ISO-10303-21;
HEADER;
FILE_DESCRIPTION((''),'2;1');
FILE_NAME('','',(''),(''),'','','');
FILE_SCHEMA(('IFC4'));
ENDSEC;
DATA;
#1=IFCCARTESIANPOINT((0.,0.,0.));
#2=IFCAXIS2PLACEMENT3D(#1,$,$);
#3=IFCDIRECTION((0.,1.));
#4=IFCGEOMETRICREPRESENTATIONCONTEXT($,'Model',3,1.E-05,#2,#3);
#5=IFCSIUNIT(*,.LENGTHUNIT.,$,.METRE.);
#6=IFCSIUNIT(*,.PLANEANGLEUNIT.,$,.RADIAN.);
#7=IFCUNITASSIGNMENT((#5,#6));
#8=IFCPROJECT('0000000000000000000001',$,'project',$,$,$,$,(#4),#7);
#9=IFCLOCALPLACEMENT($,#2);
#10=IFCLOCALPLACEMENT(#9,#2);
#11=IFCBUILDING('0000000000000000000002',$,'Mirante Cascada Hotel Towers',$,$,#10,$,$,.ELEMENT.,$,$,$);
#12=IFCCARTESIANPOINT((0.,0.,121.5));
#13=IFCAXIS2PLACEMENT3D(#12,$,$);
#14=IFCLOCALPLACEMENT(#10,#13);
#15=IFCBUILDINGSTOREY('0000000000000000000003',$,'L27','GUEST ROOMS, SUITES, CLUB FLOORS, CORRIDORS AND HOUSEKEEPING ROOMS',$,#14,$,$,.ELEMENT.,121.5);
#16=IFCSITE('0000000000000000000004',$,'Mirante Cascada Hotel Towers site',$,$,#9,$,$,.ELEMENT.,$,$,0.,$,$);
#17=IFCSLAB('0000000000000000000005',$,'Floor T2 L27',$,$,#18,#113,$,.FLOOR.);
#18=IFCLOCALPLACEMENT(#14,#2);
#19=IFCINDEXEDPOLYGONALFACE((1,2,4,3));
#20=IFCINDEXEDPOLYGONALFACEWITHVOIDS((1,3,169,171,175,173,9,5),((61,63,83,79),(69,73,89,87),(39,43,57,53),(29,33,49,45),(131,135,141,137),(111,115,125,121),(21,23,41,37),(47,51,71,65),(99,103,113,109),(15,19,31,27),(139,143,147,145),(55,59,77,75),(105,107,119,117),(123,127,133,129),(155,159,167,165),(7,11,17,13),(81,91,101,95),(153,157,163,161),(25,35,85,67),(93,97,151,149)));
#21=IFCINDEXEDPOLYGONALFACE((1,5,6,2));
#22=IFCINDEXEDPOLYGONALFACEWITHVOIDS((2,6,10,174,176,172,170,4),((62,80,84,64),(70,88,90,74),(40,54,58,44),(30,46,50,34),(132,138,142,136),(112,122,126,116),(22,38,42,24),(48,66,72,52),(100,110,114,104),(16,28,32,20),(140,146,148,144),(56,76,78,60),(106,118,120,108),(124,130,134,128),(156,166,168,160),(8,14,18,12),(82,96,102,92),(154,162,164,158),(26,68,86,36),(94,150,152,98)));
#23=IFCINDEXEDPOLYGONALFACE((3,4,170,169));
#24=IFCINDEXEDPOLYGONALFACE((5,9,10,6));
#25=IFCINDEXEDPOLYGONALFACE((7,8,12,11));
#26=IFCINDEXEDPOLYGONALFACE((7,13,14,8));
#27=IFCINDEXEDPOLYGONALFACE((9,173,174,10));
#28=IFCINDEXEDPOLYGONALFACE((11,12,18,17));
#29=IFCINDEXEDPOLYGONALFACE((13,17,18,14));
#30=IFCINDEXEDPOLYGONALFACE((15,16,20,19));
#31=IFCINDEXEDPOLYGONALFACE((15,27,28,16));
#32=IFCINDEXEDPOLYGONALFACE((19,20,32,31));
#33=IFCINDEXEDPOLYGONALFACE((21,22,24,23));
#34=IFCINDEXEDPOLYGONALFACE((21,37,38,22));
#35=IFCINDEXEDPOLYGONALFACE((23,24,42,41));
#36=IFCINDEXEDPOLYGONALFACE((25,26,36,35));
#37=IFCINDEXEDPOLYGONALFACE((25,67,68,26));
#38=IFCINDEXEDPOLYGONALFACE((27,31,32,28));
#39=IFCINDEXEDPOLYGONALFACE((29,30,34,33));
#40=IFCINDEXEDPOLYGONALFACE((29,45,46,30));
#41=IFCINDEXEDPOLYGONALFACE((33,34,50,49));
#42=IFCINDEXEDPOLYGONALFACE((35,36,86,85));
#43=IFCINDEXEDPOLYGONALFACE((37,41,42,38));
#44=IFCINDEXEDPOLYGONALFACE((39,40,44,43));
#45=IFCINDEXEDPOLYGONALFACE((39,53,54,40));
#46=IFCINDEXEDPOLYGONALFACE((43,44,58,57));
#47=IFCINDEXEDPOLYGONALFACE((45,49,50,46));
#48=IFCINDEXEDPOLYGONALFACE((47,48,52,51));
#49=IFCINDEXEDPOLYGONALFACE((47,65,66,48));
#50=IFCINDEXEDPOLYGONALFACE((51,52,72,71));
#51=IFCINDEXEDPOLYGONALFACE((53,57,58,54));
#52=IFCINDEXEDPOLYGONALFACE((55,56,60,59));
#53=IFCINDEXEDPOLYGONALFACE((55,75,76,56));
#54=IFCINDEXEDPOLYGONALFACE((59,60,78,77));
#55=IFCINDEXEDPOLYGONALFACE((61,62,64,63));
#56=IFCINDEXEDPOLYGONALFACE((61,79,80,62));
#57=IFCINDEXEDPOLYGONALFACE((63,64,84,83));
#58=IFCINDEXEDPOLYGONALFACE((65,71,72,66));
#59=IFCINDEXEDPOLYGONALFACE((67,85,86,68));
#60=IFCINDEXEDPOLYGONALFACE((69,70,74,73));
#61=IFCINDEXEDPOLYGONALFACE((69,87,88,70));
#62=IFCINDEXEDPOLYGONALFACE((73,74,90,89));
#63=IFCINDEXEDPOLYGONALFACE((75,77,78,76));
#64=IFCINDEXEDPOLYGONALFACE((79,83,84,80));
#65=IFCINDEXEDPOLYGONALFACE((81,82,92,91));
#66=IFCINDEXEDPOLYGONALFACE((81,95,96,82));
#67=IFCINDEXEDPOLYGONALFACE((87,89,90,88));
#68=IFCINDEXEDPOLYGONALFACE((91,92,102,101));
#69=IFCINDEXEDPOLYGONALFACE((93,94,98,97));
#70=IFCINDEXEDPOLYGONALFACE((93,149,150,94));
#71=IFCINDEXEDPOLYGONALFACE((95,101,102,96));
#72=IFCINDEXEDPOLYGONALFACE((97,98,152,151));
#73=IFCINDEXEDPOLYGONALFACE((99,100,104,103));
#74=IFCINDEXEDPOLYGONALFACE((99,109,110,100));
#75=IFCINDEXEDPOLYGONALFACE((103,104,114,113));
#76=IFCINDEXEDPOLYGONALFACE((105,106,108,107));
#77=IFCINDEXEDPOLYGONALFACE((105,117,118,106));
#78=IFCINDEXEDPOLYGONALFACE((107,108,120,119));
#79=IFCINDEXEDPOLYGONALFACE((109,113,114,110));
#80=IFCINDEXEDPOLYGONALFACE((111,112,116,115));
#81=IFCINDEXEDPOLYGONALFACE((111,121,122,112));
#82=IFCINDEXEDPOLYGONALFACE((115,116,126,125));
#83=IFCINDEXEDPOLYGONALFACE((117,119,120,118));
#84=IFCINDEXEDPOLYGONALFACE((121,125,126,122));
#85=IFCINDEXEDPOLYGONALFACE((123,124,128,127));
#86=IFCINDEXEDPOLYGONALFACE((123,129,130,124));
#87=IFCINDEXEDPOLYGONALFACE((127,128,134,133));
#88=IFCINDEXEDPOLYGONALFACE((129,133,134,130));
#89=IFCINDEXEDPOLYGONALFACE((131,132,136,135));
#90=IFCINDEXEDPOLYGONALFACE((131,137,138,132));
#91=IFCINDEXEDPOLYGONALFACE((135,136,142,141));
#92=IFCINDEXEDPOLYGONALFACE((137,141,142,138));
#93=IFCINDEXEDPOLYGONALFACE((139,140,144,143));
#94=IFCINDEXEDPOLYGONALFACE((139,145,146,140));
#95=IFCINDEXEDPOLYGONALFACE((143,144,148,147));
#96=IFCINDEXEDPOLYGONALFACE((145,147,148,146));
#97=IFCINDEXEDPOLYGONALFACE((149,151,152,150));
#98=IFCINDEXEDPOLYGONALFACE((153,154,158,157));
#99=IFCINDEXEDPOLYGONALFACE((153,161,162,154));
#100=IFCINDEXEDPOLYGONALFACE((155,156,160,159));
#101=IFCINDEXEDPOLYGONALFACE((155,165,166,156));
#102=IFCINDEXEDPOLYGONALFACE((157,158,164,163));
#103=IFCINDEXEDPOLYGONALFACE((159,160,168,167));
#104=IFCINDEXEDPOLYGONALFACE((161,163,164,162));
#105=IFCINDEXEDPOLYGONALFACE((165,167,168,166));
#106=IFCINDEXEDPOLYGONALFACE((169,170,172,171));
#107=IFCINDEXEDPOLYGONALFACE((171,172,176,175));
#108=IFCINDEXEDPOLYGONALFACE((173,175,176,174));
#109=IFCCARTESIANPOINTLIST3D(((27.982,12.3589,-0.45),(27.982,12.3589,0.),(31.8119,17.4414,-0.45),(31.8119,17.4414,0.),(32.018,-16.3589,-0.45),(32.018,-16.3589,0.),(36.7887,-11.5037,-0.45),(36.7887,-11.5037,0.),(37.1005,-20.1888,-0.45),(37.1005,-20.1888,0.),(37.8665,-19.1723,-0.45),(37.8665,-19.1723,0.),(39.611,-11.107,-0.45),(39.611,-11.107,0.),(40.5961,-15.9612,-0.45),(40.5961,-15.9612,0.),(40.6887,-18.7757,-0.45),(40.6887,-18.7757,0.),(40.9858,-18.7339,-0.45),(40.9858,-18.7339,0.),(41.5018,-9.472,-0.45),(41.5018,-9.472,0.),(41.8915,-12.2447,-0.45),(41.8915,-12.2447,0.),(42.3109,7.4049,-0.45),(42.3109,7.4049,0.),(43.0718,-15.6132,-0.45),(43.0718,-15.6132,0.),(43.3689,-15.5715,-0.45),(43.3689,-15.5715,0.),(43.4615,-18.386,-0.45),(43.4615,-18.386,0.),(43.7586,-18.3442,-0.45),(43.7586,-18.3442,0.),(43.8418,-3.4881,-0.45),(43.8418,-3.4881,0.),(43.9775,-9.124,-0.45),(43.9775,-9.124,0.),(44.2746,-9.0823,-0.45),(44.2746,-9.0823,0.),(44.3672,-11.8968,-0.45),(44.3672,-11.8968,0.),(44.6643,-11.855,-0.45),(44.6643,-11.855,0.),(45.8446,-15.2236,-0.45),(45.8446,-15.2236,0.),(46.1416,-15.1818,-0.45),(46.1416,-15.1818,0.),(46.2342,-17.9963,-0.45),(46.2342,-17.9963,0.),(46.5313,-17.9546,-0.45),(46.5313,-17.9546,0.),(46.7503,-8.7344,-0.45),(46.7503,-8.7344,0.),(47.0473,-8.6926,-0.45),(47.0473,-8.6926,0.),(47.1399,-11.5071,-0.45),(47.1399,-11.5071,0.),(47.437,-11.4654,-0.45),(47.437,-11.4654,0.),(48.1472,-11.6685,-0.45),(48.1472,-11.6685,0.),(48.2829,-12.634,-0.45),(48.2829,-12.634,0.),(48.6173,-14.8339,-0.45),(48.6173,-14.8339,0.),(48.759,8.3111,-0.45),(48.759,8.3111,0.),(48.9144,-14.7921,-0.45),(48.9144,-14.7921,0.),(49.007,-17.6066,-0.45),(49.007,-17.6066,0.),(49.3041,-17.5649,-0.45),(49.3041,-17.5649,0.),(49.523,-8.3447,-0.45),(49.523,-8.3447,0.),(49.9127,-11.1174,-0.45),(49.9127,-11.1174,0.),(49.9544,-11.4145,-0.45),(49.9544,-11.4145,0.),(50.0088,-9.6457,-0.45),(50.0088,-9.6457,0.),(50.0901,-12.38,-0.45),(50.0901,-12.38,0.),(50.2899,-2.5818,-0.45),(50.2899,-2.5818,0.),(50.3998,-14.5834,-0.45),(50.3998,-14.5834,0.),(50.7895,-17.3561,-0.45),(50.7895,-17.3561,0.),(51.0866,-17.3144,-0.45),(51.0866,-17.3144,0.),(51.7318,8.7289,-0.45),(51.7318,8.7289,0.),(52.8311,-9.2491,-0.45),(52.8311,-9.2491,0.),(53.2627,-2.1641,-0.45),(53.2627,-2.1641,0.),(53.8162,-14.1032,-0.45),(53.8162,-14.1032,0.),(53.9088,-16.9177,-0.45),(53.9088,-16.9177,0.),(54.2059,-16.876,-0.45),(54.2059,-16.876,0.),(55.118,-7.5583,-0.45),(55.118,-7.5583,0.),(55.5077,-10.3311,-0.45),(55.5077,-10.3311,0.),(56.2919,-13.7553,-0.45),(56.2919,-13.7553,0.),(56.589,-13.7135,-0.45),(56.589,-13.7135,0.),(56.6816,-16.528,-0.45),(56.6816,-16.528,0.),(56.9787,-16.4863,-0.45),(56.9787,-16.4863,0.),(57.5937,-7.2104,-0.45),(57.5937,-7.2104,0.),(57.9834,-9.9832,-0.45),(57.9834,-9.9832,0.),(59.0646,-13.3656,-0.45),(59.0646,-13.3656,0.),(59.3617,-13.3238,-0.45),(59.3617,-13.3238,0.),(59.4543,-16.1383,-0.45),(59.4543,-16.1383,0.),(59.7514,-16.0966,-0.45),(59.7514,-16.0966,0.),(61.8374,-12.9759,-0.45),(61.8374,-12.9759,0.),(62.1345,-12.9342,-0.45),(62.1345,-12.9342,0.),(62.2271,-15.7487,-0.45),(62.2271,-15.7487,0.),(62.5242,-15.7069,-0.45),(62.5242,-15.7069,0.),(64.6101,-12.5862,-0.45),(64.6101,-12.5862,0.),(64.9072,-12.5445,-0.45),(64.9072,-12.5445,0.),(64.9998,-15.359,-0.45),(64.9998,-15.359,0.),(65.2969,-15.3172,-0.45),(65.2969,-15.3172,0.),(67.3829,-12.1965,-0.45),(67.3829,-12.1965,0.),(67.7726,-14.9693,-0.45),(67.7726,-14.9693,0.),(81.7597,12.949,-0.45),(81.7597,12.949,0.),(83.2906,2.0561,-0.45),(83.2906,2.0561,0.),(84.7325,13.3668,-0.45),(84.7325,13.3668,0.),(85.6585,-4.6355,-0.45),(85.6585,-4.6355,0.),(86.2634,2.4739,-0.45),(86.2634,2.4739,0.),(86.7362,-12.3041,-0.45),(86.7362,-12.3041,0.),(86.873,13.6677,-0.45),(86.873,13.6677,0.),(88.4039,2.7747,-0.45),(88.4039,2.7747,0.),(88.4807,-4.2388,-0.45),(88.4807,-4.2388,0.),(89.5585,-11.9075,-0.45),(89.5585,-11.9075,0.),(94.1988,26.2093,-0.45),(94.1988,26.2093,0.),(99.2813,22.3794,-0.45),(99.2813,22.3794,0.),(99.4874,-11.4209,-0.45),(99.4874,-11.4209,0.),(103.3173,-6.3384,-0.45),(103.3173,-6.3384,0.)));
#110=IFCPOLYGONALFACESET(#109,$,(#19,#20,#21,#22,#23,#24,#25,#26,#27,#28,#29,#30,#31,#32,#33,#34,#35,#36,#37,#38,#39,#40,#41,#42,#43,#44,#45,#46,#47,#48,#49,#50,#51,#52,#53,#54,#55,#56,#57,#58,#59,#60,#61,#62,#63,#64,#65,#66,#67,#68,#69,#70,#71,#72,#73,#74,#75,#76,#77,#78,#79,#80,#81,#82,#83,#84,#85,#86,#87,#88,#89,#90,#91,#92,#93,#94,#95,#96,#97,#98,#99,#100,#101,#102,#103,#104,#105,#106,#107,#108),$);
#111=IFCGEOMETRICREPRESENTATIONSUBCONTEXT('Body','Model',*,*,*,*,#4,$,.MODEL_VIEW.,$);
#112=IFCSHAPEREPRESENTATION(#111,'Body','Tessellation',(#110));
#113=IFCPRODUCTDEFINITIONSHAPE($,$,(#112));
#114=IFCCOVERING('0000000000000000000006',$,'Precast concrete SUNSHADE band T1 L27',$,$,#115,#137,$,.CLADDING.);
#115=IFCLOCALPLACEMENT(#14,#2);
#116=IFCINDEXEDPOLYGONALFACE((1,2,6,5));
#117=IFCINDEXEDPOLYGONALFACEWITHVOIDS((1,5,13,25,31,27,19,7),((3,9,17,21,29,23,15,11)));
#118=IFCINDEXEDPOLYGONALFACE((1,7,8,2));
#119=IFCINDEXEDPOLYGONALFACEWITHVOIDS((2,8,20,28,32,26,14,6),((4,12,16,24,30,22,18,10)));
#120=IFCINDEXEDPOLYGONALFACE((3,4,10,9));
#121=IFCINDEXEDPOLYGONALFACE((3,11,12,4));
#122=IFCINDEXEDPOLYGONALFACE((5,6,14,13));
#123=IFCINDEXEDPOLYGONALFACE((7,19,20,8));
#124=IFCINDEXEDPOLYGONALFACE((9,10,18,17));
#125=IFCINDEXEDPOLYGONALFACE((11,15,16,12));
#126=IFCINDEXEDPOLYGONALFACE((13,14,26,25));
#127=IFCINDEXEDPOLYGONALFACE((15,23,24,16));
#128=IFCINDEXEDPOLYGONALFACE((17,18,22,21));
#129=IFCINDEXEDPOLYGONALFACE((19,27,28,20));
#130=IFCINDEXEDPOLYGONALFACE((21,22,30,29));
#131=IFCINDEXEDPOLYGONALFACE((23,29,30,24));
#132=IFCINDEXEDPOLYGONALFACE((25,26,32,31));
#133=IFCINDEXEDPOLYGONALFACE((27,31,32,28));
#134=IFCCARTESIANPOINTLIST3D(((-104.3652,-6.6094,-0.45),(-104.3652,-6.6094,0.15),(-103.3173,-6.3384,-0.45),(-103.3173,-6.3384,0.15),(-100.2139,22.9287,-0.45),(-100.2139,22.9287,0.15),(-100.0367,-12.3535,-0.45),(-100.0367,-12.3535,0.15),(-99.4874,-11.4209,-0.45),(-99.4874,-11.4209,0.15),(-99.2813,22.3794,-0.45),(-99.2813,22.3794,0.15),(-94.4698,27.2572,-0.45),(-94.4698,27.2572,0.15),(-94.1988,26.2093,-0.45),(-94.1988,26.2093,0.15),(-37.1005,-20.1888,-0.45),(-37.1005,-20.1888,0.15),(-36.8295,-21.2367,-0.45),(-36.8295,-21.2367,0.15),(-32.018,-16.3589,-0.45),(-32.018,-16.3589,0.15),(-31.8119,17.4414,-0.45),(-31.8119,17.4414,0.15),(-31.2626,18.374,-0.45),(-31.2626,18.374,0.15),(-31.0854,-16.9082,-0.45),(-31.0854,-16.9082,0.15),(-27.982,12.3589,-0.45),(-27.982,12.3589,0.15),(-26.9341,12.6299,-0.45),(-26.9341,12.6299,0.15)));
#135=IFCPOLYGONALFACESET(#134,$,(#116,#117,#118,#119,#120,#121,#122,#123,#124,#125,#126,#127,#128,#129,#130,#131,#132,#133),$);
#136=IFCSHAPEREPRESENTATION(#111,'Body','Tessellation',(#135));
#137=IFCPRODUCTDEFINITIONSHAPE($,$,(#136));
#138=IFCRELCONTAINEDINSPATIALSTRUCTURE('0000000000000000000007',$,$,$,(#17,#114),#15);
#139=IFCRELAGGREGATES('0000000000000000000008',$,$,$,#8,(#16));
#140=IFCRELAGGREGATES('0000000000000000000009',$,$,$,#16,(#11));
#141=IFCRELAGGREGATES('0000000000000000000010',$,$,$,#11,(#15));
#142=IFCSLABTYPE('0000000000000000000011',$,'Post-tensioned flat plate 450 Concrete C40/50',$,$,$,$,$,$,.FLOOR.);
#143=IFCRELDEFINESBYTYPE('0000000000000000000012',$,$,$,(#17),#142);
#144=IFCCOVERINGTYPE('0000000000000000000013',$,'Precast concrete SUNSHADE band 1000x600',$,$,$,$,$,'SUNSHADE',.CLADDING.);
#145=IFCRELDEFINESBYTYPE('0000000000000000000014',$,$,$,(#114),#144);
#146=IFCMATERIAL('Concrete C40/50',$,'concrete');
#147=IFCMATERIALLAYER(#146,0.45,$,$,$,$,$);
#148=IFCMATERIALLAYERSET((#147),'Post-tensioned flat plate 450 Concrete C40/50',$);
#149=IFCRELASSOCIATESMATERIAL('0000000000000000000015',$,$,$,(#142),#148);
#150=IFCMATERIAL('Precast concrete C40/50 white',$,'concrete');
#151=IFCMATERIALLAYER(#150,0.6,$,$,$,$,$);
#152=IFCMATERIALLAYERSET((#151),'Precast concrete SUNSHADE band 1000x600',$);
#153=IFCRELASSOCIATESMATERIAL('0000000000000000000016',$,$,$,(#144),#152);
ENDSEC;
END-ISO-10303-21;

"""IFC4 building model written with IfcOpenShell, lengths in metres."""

from ifc_helpers import new_model, si_unit, direction, frame, origin, place, context, subcontext, project, spatial, polyline, outline, extrude, material, layer, layer_set, type_object, element, save


model = new_model("IFC4")

# Units and contexts
model_context = context("Model", 3, precision=1e-05, world=origin(), true_north=direction((0.0, 1.0)))
body_context = subcontext(model_context, "Body", "Model", "MODEL_VIEW")
ifc_project = project(units=[si_unit("LENGTHUNIT", "METRE"), si_unit("PLANEANGLEUNIT", "RADIAN")], contexts=[model_context])

# Site, building, storey
site_placement = place(None, origin())
site = spatial("IfcSite", under=ifc_project, at=site_placement, Name="Mirante Cascada Hotel Towers site", CompositionType="ELEMENT", RefElevation=0.0)
building_placement = place(site_placement, origin())
building = spatial("IfcBuilding", under=site, at=building_placement, Name="Mirante Cascada Hotel Towers", CompositionType="ELEMENT")
storey_placement = place(building_placement, frame((0.0, 0.0, 121.5)))
storey = spatial("IfcBuildingStorey", under=building, at=storey_placement, Name="L27", Description="GUEST ROOMS, SUITES, CLUB FLOORS, CORRIDORS AND HOUSEKEEPING ROOMS", CompositionType="ELEMENT", Elevation=121.5)

# Slab
ifc_material_1 = material(Name="Concrete C40/50", Category="concrete")
ifc_layer_1 = layer(ifc_material_1, 0.45)
ifc_layer_set_1 = layer_set([ifc_layer_1], Name="Post-tensioned flat plate 450 Concrete C40/50")
slab_type = type_object("IfcSlabType", Name="Post-tensioned flat plate 450 Concrete C40/50", PredefinedType="FLOOR", material=ifc_layer_set_1)
slab_1_placement = place(storey_placement, frame((0.0, 0.0, -0.45)))
element("IfcSlab", 1, at=slab_1_placement, inside=storey, type_object=slab_type, Name="Floor T2 L27", PredefinedType="FLOOR", context=body_context, shape_type="SweptSolid", body=[
    extrude(outline(polyline([(32.018, -16.3589), (27.982, 12.3589), (31.8119, 17.4414), (94.1988, 26.2093), (99.2813, 22.3794), (103.3173, -6.3384), (99.4874, -11.4209), (37.1005, -20.1888), (32.018, -16.3589)]), holes=[polyline([(43.0718, -15.6132), (40.5961, -15.9612), (40.9858, -18.7339), (43.4615, -18.386), (43.0718, -15.6132)]), polyline([(45.8446, -15.2236), (43.3689, -15.5715), (43.7586, -18.3442), (46.2342, -17.9963), (45.8446, -15.2236)]), polyline([(48.6173, -14.8339), (46.1416, -15.1818), (46.5313, -17.9546), (49.007, -17.6066), (48.6173, -14.8339)]), polyline([(50.3998, -14.5834), (48.9144, -14.7921), (49.3041, -17.5649), (50.7895, -17.3561), (50.3998, -14.5834)]), polyline([(37.8665, -19.1723), (40.6887, -18.7757), (39.611, -11.107), (36.7887, -11.5037), (37.8665, -19.1723)]), polyline([(49.9544, -11.4145), (48.1472, -11.6685), (48.2829, -12.634), (50.0901, -12.38), (49.9544, -11.4145)]), polyline([(43.9775, -9.124), (41.5018, -9.472), (41.8915, -12.2447), (44.3672, -11.8968), (43.9775, -9.124)]), polyline([(47.1399, -11.5071), (46.7503, -8.7344), (44.2746, -9.0823), (44.6643, -11.855), (47.1399, -11.5071)]), polyline([(49.9127, -11.1174), (49.523, -8.3447), (47.0473, -8.6926), (47.437, -11.4654), (49.9127, -11.1174)]), polyline([(56.2919, -13.7553), (53.8162, -14.1032), (54.2059, -16.876), (56.6816, -16.528), (56.2919, -13.7553)]), polyline([(59.0646, -13.3656), (56.589, -13.7135), (56.9787, -16.4863), (59.4543, -16.1383), (59.0646, -13.3656)]), polyline([(61.8374, -12.9759), (59.3617, -13.3238), (59.7514, -16.0966), (62.2271, -15.7487), (61.8374, -12.9759)]), polyline([(64.6101, -12.5862), (62.1345, -12.9342), (62.5242, -15.7069), (64.9998, -15.359), (64.6101, -12.5862)]), polyline([(67.3829, -12.1965), (64.9072, -12.5445), (65.2969, -15.3172), (67.7726, -14.9693), (67.3829, -12.1965)]), polyline([(51.0866, -17.3144), (53.9088, -16.9177), (52.8311, -9.2491), (50.0088, -9.6457), (51.0866, -17.3144)]), polyline([(86.7362, -12.3041), (89.5585, -11.9075), (88.4807, -4.2388), (85.6585, -4.6355), (86.7362, -12.3041)]), polyline([(57.9834, -9.9832), (57.5937, -7.2104), (55.118, -7.5583), (55.5077, -10.3311), (57.9834, -9.9832)]), polyline([(86.873, 13.6677), (88.4039, 2.7747), (86.2634, 2.4739), (86.2634, 2.4739), (84.7325, 13.3668), (84.7325, 13.3668), (86.873, 13.6677)]), polyline([(81.7597, 12.949), (81.7597, 12.949), (83.2906, 2.0561), (83.2906, 2.0561), (53.2627, -2.1641), (53.2627, -2.1641), (51.7318, 8.7289), (81.7597, 12.949)]), polyline([(43.8418, -3.4881), (42.3109, 7.4049), (48.759, 8.3111), (50.2899, -2.5818), (50.2899, -2.5818), (43.8418, -3.4881)])]), origin(), (0.0, 0.0, 1.0), 0.45),
])

# Covering
ifc_material_2 = material(Name="Precast concrete C40/50 white", Category="concrete")
ifc_layer_2 = layer(ifc_material_2, 0.6)
ifc_layer_set_2 = layer_set([ifc_layer_2], Name="Precast concrete SUNSHADE band 1000x600")
covering_type = type_object("IfcCoveringType", Name="Precast concrete SUNSHADE band 1000x600", ElementType="SUNSHADE", PredefinedType="CLADDING", material=ifc_layer_set_2)
covering_placement = place(storey_placement, frame((0.0, 0.0, -0.45)))
element("IfcCovering", 2, at=covering_placement, inside=storey, type_object=covering_type, Name="Precast concrete SUNSHADE band T1 L27", PredefinedType="CLADDING", context=body_context, shape_type="SweptSolid", body=[
    extrude(outline(polyline([(-104.3652, -6.6094), (-100.2139, 22.9287), (-94.4698, 27.2572), (-31.2626, 18.374), (-26.9341, 12.6299), (-31.0854, -16.9082), (-36.8295, -21.2367), (-100.0367, -12.3535), (-104.3652, -6.6094)]), holes=[polyline([(-27.982, 12.3589), (-31.8119, 17.4414), (-94.1988, 26.2093), (-99.2813, 22.3794), (-103.3173, -6.3384), (-99.4874, -11.4209), (-37.1005, -20.1888), (-32.018, -16.3589), (-27.982, 12.3589)])]), origin(), (0.0, 0.0, 1.0), 0.6),
])

save(model, "model.ifc")
